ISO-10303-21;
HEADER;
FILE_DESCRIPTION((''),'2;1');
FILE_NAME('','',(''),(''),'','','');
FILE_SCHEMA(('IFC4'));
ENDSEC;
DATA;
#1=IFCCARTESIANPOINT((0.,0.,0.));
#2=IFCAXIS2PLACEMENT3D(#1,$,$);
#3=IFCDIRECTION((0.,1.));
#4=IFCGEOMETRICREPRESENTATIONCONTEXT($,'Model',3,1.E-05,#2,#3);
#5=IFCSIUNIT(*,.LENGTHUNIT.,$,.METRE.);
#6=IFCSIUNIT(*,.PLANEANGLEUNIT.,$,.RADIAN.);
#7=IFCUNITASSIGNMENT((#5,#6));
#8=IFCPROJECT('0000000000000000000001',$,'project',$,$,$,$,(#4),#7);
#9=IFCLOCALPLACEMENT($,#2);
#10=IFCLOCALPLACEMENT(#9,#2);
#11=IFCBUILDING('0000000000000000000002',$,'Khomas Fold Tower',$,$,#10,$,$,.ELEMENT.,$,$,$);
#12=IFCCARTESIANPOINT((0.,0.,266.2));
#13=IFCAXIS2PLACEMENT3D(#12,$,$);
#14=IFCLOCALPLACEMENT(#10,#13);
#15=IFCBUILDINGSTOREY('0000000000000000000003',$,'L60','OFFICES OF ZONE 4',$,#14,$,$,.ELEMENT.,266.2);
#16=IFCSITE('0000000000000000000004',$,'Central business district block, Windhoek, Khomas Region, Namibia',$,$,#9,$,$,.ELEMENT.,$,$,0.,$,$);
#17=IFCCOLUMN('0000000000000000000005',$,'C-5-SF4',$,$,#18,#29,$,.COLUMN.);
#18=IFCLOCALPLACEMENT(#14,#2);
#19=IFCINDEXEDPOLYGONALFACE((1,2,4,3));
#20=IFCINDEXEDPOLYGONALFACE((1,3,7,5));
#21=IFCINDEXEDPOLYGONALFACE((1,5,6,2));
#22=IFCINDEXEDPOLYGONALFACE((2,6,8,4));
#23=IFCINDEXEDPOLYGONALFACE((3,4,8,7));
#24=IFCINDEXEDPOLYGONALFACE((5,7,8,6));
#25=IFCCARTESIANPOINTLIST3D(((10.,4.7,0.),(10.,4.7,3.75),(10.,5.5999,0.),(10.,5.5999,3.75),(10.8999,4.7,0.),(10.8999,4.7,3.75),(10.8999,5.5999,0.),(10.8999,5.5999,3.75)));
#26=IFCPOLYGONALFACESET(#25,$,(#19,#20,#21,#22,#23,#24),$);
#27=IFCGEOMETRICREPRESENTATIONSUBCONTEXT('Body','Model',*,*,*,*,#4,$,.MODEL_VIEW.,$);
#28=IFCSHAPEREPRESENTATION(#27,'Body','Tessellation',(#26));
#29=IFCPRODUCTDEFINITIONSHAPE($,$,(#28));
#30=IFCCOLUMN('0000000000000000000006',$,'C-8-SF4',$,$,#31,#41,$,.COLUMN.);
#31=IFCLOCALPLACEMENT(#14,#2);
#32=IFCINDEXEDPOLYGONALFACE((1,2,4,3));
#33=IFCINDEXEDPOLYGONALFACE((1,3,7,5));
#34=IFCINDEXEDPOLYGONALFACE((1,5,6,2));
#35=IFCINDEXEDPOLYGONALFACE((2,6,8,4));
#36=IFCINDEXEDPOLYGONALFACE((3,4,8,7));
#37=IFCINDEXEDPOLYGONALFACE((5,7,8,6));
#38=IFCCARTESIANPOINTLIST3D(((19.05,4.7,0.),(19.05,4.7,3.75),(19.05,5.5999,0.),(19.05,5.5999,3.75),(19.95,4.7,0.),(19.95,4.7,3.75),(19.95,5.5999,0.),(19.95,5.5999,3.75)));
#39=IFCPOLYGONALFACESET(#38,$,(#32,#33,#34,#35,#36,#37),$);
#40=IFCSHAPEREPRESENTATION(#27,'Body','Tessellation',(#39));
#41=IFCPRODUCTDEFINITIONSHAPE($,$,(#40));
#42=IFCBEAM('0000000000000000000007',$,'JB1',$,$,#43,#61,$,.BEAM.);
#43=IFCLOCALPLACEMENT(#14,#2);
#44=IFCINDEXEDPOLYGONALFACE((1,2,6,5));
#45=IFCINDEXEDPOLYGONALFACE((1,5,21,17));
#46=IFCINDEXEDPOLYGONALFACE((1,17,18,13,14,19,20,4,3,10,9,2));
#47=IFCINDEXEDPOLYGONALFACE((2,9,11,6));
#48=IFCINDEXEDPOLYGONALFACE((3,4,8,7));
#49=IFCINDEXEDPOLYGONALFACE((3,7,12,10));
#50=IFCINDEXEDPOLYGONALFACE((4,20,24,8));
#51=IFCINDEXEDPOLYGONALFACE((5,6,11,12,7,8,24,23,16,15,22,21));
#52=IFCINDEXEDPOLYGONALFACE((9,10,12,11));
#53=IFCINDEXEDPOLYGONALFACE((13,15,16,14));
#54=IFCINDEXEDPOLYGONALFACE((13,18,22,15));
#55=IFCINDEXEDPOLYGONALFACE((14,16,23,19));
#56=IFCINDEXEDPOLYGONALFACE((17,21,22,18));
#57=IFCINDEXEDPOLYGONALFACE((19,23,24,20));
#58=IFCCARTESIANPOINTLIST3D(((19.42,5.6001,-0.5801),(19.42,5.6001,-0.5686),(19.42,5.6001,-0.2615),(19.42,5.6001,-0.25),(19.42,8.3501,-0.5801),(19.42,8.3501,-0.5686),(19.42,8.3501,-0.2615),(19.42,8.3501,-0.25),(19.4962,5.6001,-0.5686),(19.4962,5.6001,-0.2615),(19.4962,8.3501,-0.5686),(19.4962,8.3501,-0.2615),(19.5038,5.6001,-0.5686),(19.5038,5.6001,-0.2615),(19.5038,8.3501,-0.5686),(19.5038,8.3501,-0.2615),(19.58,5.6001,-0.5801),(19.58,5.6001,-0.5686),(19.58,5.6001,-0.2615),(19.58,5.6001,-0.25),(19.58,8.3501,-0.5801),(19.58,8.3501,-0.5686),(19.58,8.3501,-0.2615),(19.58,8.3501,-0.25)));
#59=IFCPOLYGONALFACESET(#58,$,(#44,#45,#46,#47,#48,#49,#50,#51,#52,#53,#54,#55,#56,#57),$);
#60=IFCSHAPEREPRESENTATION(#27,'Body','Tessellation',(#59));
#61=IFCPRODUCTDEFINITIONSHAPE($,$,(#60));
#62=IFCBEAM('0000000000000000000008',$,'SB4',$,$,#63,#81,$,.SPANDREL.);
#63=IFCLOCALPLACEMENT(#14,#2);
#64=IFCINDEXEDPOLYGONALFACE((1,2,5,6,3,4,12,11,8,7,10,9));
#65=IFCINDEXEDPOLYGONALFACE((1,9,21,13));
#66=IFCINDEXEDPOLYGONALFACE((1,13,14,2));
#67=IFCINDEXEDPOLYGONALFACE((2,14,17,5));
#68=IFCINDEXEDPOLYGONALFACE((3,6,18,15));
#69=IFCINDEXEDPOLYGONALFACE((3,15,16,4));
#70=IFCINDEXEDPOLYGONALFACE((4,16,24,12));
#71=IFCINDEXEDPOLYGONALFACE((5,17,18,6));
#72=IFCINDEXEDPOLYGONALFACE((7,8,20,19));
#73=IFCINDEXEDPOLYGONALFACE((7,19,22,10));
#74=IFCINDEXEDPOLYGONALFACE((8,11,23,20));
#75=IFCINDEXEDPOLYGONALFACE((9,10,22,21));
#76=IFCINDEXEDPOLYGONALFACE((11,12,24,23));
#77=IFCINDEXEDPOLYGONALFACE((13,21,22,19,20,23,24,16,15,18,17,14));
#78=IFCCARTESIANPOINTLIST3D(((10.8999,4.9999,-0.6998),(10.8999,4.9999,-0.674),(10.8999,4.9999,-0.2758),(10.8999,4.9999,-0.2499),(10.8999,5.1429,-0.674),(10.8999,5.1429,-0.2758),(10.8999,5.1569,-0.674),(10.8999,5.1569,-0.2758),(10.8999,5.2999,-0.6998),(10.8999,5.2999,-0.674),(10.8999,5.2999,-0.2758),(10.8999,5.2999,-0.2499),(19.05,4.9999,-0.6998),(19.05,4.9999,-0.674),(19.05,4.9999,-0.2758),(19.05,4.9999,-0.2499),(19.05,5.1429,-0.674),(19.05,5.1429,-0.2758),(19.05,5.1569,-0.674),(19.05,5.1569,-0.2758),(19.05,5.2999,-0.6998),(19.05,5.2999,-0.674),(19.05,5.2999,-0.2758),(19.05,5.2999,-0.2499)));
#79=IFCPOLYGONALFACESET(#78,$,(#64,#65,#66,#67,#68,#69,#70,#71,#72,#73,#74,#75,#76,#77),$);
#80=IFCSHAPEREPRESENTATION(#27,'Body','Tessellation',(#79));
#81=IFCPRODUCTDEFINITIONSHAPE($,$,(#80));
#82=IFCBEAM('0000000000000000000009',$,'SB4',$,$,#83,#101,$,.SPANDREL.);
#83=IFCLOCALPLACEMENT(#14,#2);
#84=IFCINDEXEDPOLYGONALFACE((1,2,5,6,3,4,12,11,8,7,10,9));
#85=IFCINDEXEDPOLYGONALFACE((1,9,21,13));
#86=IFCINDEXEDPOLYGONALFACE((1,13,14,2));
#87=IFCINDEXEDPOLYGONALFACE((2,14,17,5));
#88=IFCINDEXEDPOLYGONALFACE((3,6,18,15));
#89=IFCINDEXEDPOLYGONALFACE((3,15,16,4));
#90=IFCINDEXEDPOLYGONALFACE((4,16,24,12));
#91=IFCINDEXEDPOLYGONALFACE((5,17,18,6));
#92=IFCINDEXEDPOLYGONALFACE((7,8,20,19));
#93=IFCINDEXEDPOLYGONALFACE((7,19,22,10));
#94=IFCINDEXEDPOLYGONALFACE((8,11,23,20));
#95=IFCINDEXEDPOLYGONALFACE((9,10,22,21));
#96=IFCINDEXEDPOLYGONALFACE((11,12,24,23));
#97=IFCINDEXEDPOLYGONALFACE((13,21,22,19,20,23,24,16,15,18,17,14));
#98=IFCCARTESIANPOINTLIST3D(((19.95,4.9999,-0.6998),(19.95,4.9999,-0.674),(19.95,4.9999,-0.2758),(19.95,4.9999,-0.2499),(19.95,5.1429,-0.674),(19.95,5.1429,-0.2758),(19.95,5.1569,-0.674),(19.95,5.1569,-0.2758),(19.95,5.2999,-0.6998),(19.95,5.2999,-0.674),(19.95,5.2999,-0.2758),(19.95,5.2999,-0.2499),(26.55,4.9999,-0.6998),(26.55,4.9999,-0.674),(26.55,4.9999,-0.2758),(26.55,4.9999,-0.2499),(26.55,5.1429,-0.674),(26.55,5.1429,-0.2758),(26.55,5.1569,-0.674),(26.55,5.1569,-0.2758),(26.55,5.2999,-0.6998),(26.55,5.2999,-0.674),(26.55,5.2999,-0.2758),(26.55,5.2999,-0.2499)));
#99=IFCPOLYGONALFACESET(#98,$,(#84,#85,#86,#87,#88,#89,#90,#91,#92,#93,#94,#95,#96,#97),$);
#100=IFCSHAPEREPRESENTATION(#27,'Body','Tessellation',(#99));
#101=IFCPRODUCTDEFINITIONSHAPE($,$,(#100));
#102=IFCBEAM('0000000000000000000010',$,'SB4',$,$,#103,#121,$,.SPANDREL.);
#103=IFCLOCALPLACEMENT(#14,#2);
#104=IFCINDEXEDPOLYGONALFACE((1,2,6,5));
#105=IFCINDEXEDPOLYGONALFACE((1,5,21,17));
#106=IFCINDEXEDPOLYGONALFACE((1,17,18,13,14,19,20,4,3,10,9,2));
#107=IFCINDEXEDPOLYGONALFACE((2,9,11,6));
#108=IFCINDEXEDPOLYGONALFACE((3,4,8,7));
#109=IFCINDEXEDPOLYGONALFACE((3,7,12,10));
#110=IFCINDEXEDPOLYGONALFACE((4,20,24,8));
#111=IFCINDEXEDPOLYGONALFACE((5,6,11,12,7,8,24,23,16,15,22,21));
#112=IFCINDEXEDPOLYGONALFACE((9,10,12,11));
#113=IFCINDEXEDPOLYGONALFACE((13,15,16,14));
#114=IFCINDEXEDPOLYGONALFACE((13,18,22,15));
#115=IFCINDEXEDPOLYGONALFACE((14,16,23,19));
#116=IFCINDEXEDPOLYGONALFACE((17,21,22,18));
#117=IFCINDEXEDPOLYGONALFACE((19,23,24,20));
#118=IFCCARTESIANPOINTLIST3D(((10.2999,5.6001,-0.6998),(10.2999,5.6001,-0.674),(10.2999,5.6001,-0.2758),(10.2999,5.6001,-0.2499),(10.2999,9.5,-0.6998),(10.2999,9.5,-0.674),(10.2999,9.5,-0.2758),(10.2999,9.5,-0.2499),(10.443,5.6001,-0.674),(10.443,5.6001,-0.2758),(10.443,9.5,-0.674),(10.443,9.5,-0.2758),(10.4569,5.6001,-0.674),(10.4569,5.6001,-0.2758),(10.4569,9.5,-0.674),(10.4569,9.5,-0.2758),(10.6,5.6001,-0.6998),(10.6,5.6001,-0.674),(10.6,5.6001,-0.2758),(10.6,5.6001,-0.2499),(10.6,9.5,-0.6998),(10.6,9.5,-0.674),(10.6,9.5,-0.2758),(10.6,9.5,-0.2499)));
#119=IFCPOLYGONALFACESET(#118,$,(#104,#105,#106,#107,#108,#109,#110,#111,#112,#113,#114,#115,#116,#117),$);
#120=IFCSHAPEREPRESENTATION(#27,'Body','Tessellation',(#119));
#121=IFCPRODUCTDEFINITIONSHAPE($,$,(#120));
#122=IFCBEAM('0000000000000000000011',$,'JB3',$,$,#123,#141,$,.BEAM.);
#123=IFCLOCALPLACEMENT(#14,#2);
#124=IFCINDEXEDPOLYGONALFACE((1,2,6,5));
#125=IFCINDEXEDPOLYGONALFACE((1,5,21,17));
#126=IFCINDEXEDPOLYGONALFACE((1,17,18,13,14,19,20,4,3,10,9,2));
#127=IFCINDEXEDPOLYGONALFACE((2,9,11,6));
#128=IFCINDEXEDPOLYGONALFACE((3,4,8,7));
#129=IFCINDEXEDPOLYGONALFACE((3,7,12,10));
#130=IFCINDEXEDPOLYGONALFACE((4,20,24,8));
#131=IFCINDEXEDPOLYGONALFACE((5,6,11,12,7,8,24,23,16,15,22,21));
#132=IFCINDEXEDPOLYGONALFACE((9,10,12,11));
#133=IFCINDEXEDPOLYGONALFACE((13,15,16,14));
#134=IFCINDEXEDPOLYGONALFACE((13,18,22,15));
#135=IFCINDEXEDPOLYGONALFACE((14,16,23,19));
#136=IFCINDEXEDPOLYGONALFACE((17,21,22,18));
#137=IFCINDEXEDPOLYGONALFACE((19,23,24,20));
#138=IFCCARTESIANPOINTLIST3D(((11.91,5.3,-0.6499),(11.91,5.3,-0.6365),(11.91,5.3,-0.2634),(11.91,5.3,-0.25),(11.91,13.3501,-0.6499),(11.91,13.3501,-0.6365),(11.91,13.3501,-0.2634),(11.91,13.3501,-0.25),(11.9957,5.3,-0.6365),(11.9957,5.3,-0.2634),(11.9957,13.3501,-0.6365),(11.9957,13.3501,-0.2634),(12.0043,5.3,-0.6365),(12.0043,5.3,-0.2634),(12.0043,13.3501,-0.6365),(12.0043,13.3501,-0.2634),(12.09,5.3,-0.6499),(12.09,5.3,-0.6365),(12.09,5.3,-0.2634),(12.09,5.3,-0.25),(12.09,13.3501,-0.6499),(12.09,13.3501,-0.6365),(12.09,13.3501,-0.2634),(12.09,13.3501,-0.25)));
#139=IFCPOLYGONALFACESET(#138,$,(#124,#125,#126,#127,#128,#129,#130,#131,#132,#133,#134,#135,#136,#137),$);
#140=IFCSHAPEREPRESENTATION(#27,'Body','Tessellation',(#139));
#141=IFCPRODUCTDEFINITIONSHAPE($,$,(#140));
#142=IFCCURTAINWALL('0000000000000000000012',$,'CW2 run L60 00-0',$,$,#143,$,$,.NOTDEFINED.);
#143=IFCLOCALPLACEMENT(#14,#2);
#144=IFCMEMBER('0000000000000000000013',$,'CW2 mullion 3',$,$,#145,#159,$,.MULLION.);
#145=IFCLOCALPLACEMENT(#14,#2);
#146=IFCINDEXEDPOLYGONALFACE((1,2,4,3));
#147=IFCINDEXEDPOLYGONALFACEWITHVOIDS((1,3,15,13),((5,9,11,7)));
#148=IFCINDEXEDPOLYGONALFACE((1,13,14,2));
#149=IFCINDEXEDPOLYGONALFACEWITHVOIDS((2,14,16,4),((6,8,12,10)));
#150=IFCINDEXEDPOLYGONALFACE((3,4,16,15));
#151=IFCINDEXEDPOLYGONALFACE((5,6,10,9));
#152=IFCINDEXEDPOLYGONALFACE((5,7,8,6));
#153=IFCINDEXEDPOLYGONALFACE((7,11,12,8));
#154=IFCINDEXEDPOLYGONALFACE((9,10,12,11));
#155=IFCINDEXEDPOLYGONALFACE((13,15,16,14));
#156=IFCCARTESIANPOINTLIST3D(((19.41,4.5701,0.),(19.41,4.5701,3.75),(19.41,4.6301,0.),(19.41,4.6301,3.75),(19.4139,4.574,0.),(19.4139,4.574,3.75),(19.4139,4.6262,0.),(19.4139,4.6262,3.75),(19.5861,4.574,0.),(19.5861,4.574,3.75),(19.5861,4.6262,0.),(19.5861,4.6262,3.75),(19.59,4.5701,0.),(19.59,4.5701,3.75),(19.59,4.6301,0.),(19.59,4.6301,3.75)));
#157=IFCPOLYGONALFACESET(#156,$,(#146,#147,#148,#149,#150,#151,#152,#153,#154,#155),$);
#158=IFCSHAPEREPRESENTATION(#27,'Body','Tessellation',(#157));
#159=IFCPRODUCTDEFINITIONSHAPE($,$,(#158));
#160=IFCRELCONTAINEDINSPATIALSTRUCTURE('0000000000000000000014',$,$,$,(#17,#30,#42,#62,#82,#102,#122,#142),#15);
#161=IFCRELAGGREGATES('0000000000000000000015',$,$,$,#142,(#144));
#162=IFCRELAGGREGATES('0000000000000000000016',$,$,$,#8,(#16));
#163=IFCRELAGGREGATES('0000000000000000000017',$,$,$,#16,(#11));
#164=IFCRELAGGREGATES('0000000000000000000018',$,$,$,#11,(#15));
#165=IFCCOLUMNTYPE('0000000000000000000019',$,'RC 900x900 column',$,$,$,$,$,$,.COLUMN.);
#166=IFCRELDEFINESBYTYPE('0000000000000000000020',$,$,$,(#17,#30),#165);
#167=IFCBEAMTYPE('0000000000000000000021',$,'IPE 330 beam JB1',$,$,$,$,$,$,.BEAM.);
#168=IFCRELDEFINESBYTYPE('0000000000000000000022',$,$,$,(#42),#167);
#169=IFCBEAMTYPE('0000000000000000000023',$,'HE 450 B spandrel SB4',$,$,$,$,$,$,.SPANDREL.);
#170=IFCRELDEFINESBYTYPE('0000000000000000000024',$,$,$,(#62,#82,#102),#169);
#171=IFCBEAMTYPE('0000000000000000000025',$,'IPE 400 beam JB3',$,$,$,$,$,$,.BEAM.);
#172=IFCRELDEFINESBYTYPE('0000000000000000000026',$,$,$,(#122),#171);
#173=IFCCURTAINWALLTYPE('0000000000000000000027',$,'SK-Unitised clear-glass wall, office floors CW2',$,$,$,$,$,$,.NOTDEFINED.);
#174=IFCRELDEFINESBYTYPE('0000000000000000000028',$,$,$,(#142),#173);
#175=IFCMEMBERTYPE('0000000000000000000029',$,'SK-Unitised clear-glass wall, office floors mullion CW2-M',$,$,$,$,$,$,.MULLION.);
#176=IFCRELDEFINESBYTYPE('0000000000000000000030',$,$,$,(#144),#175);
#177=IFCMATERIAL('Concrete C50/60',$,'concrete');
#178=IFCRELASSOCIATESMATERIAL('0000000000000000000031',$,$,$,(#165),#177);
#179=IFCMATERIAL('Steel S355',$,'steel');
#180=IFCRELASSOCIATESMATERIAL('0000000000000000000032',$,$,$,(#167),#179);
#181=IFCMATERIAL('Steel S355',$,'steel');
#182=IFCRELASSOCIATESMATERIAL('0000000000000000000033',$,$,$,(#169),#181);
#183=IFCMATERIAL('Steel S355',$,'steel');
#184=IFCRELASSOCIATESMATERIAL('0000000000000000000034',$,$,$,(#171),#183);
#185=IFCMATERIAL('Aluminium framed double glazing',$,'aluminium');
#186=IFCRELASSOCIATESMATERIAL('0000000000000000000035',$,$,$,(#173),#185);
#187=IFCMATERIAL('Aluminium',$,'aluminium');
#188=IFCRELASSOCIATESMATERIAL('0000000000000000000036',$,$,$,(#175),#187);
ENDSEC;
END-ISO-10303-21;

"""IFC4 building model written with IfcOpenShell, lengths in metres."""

from ifc_helpers import new_model, si_unit, direction, frame, origin, origin_2d, place, context, subcontext, project, spatial, rectangle, hollow_rectangle, i_section, extrude, source, transform, mapped, material, material_profile, profile_set, type_object, element, aggregate, save


model = new_model("IFC4")

# Units and contexts
model_context = context("Model", 3, precision=1e-05, world=origin(), true_north=direction((0.0, 1.0)))
body_context = subcontext(model_context, "Body", "Model", "MODEL_VIEW")
ifc_project = project(units=[si_unit("LENGTHUNIT", "METRE"), si_unit("PLANEANGLEUNIT", "RADIAN")], contexts=[model_context])

# Site, building, storey
site_placement = place(None, origin())
site = spatial("IfcSite", under=ifc_project, at=site_placement, Name="Central business district block, Windhoek, Khomas Region, Namibia", CompositionType="ELEMENT", RefElevation=0.0)
building_placement = place(site_placement, origin())
building = spatial("IfcBuilding", under=site, at=building_placement, Name="Khomas Fold Tower", CompositionType="ELEMENT")
storey_placement = place(building_placement, frame((0.0, 0.0, 266.2)))
storey = spatial("IfcBuildingStorey", under=building, at=storey_placement, Name="L60", Description="OFFICES OF ZONE 4", CompositionType="ELEMENT", Elevation=266.2)

# Columns
ifc_material_1 = material(Name="Concrete C50/60", Category="concrete")
ifc_material_profile_1 = material_profile(ifc_material_1, rectangle(XDim=0.8999, YDim=0.8999, at=origin_2d()), Name="RC 900x900")
ifc_profile_set_1 = profile_set([ifc_material_profile_1], Name="Concrete C50/60")
column_type = type_object("IfcColumnType", Name="RC 900x900 column", PredefinedType="COLUMN", material=ifc_profile_set_1)
shared_shape_1 = source(origin(), body_context, "Body", "SweptSolid", [
    extrude(rectangle(XDim=0.8999, YDim=0.8999, at=origin_2d()), origin(), (0.0, 0.0, 1.0), 3.75),
])
for number, where, z_axis, x_axis, name in (
    (1, (10.45, 5.1499, 0.0), (0.0, 0.0, 1.0), (1.0, 0.0, 0.0), "C-5-SF4"),
    (2, (19.5, 5.1499, 0.0), (0.0, 0.0, 1.0), (1.0, 0.0, 0.0), "C-8-SF4"),
):
    element("IfcColumn", number, at=place(storey_placement, frame(where, z_axis=z_axis, x_axis=x_axis)), inside=storey, type_object=column_type, Name=name, PredefinedType="COLUMN", context=body_context, shape_type="MappedRepresentation", body=[
        mapped(shared_shape_1, transform((0.0, 0.0, 0.0))),
    ])

# Beams
ifc_material_2 = material(Name="Steel S355", Category="steel")
ifc_material_profile_2 = material_profile(ifc_material_2, i_section(OverallWidth=0.1599, OverallDepth=0.3301, WebThickness=0.0076, FlangeThickness=0.0115, at=origin_2d()), Name="IPE 330")
ifc_profile_set_2 = profile_set([ifc_material_profile_2], Name="Steel S355")
beam_type_1 = type_object("IfcBeamType", Name="IPE 330 beam JB1", PredefinedType="BEAM", material=ifc_profile_set_2)
shared_shape_2 = source(origin(), body_context, "Body", "SweptSolid", [
    extrude(i_section(OverallWidth=0.1599, OverallDepth=0.3301, WebThickness=0.0076, FlangeThickness=0.0115, at=origin_2d()), origin(), (0.0, 0.0, 1.0), 2.75),
])
beam_1_placement = place(storey_placement, frame((19.5, 5.6001, -0.415), z_axis=(0.0, 1.0, 0.0), x_axis=(-1.0, 0.0, 0.0)))
element("IfcBeam", 3, at=beam_1_placement, inside=storey, type_object=beam_type_1, Name="JB1", PredefinedType="BEAM", context=body_context, shape_type="MappedRepresentation", body=[
    mapped(shared_shape_2, transform((0.0, 0.0, 0.0))),
])
ifc_material_3 = material(Name="Steel S355", Category="steel")
ifc_material_profile_3 = material_profile(ifc_material_3, i_section(OverallWidth=0.3, OverallDepth=0.45, WebThickness=0.0139, FlangeThickness=0.0259, at=origin_2d()), Name="HE 450 B")
ifc_profile_set_3 = profile_set([ifc_material_profile_3], Name="Steel S355")
beam_type_2 = type_object("IfcBeamType", Name="HE 450 B spandrel SB4", PredefinedType="SPANDREL", material=ifc_profile_set_3)
shared_shape_3 = source(origin(), body_context, "Body", "SweptSolid", [
    extrude(i_section(OverallWidth=0.3, OverallDepth=0.45, WebThickness=0.0139, FlangeThickness=0.0259, at=origin_2d()), origin(), (0.0, 0.0, 1.0), 8.1501),
])
beam_2_placement = place(storey_placement, frame((10.8999, 5.1499, -0.4749), z_axis=(1.0, 0.0, 0.0), x_axis=(0.0, 1.0, 0.0)))
element("IfcBeam", 4, at=beam_2_placement, inside=storey, type_object=beam_type_2, Name="SB4", PredefinedType="SPANDREL", context=body_context, shape_type="MappedRepresentation", body=[
    mapped(shared_shape_3, transform((0.0, 0.0, 0.0))),
])
shared_shape_4 = source(origin(), body_context, "Body", "SweptSolid", [
    extrude(i_section(OverallWidth=0.3, OverallDepth=0.45, WebThickness=0.0139, FlangeThickness=0.0259, at=origin_2d()), origin(), (0.0, 0.0, 1.0), 6.6001),
])
beam_3_placement = place(storey_placement, frame((19.95, 5.1499, -0.4749), z_axis=(1.0, 0.0, 0.0), x_axis=(0.0, 1.0, 0.0)))
element("IfcBeam", 5, at=beam_3_placement, inside=storey, type_object=beam_type_2, Name="SB4", PredefinedType="SPANDREL", context=body_context, shape_type="MappedRepresentation", body=[
    mapped(shared_shape_4, transform((0.0, 0.0, 0.0))),
])
shared_shape_5 = source(origin(), body_context, "Body", "SweptSolid", [
    extrude(i_section(OverallWidth=0.3, OverallDepth=0.45, WebThickness=0.0139, FlangeThickness=0.0259, at=origin_2d()), origin(), (0.0, 0.0, 1.0), 3.8999),
])
beam_4_placement = place(storey_placement, frame((10.45, 5.6001, -0.4749), z_axis=(0.0, 1.0, 0.0), x_axis=(-1.0, 0.0, 0.0)))
element("IfcBeam", 6, at=beam_4_placement, inside=storey, type_object=beam_type_2, Name="SB4", PredefinedType="SPANDREL", context=body_context, shape_type="MappedRepresentation", body=[
    mapped(shared_shape_5, transform((0.0, 0.0, 0.0))),
])
ifc_material_4 = material(Name="Steel S355", Category="steel")
ifc_material_profile_4 = material_profile(ifc_material_4, i_section(OverallWidth=0.1799, OverallDepth=0.3999, WebThickness=0.0085, FlangeThickness=0.0134, at=origin_2d()), Name="IPE 400")
ifc_profile_set_4 = profile_set([ifc_material_profile_4], Name="Steel S355")
beam_type_3 = type_object("IfcBeamType", Name="IPE 400 beam JB3", PredefinedType="BEAM", material=ifc_profile_set_4)
shared_shape_6 = source(origin(), body_context, "Body", "SweptSolid", [
    extrude(i_section(OverallWidth=0.1799, OverallDepth=0.3999, WebThickness=0.0085, FlangeThickness=0.0134, at=origin_2d()), origin(), (0.0, 0.0, 1.0), 8.05),
])
beam_5_placement = place(storey_placement, frame((12.0, 5.3, -0.45), z_axis=(0.0, 1.0, 0.0), x_axis=(-1.0, 0.0, 0.0)))
element("IfcBeam", 7, at=beam_5_placement, inside=storey, type_object=beam_type_3, Name="JB3", PredefinedType="BEAM", context=body_context, shape_type="MappedRepresentation", body=[
    mapped(shared_shape_6, transform((0.0, 0.0, 0.0))),
])

# Curtain wall, member
ifc_material_5 = material(Name="Aluminium framed double glazing", Category="aluminium")
curtain_wall_type = type_object("IfcCurtainWallType", Name="SK-Unitised clear-glass wall, office floors CW2", PredefinedType="NOTDEFINED", material=ifc_material_5)
curtain_wall_placement = place(storey_placement, origin())
curtain_wall = element("IfcCurtainWall", 8, at=curtain_wall_placement, inside=storey, type_object=curtain_wall_type, Name="CW2 run L60 00-0", PredefinedType="NOTDEFINED")
ifc_material_6 = material(Name="Aluminium", Category="aluminium")
ifc_material_profile_5 = material_profile(ifc_material_6, hollow_rectangle(XDim=0.0601, YDim=0.1799, WallThickness=0.0039, at=origin_2d()), Name="SK-Unitised clear-glass wall, office floors mullion CW2-M")
ifc_profile_set_5 = profile_set([ifc_material_profile_5], Name="Aluminium")
member_type_1 = type_object("IfcMemberType", Name="SK-Unitised clear-glass wall, office floors mullion CW2-M", PredefinedType="MULLION", material=ifc_profile_set_5)
shared_shape_7 = source(origin(), body_context, "Body", "SweptSolid", [
    extrude(hollow_rectangle(XDim=0.0601, YDim=0.1799, WallThickness=0.0039, at=origin_2d()), origin(), (0.0, 0.0, 1.0), 3.75),
])
member_1_placement = place(storey_placement, frame((19.5, 4.6001, 0.0), z_axis=(0.0, 0.0, 1.0), x_axis=(0.0, 1.0, 0.0)))
member_1 = element("IfcMember", 9, at=member_1_placement, type_object=member_type_1, Name="CW2 mullion 3", PredefinedType="MULLION", context=body_context, shape_type="MappedRepresentation", body=[
    mapped(shared_shape_7, transform((0.0, 0.0, 0.0))),
])

aggregate(curtain_wall, [member_1])

save(model, "model.ifc")
